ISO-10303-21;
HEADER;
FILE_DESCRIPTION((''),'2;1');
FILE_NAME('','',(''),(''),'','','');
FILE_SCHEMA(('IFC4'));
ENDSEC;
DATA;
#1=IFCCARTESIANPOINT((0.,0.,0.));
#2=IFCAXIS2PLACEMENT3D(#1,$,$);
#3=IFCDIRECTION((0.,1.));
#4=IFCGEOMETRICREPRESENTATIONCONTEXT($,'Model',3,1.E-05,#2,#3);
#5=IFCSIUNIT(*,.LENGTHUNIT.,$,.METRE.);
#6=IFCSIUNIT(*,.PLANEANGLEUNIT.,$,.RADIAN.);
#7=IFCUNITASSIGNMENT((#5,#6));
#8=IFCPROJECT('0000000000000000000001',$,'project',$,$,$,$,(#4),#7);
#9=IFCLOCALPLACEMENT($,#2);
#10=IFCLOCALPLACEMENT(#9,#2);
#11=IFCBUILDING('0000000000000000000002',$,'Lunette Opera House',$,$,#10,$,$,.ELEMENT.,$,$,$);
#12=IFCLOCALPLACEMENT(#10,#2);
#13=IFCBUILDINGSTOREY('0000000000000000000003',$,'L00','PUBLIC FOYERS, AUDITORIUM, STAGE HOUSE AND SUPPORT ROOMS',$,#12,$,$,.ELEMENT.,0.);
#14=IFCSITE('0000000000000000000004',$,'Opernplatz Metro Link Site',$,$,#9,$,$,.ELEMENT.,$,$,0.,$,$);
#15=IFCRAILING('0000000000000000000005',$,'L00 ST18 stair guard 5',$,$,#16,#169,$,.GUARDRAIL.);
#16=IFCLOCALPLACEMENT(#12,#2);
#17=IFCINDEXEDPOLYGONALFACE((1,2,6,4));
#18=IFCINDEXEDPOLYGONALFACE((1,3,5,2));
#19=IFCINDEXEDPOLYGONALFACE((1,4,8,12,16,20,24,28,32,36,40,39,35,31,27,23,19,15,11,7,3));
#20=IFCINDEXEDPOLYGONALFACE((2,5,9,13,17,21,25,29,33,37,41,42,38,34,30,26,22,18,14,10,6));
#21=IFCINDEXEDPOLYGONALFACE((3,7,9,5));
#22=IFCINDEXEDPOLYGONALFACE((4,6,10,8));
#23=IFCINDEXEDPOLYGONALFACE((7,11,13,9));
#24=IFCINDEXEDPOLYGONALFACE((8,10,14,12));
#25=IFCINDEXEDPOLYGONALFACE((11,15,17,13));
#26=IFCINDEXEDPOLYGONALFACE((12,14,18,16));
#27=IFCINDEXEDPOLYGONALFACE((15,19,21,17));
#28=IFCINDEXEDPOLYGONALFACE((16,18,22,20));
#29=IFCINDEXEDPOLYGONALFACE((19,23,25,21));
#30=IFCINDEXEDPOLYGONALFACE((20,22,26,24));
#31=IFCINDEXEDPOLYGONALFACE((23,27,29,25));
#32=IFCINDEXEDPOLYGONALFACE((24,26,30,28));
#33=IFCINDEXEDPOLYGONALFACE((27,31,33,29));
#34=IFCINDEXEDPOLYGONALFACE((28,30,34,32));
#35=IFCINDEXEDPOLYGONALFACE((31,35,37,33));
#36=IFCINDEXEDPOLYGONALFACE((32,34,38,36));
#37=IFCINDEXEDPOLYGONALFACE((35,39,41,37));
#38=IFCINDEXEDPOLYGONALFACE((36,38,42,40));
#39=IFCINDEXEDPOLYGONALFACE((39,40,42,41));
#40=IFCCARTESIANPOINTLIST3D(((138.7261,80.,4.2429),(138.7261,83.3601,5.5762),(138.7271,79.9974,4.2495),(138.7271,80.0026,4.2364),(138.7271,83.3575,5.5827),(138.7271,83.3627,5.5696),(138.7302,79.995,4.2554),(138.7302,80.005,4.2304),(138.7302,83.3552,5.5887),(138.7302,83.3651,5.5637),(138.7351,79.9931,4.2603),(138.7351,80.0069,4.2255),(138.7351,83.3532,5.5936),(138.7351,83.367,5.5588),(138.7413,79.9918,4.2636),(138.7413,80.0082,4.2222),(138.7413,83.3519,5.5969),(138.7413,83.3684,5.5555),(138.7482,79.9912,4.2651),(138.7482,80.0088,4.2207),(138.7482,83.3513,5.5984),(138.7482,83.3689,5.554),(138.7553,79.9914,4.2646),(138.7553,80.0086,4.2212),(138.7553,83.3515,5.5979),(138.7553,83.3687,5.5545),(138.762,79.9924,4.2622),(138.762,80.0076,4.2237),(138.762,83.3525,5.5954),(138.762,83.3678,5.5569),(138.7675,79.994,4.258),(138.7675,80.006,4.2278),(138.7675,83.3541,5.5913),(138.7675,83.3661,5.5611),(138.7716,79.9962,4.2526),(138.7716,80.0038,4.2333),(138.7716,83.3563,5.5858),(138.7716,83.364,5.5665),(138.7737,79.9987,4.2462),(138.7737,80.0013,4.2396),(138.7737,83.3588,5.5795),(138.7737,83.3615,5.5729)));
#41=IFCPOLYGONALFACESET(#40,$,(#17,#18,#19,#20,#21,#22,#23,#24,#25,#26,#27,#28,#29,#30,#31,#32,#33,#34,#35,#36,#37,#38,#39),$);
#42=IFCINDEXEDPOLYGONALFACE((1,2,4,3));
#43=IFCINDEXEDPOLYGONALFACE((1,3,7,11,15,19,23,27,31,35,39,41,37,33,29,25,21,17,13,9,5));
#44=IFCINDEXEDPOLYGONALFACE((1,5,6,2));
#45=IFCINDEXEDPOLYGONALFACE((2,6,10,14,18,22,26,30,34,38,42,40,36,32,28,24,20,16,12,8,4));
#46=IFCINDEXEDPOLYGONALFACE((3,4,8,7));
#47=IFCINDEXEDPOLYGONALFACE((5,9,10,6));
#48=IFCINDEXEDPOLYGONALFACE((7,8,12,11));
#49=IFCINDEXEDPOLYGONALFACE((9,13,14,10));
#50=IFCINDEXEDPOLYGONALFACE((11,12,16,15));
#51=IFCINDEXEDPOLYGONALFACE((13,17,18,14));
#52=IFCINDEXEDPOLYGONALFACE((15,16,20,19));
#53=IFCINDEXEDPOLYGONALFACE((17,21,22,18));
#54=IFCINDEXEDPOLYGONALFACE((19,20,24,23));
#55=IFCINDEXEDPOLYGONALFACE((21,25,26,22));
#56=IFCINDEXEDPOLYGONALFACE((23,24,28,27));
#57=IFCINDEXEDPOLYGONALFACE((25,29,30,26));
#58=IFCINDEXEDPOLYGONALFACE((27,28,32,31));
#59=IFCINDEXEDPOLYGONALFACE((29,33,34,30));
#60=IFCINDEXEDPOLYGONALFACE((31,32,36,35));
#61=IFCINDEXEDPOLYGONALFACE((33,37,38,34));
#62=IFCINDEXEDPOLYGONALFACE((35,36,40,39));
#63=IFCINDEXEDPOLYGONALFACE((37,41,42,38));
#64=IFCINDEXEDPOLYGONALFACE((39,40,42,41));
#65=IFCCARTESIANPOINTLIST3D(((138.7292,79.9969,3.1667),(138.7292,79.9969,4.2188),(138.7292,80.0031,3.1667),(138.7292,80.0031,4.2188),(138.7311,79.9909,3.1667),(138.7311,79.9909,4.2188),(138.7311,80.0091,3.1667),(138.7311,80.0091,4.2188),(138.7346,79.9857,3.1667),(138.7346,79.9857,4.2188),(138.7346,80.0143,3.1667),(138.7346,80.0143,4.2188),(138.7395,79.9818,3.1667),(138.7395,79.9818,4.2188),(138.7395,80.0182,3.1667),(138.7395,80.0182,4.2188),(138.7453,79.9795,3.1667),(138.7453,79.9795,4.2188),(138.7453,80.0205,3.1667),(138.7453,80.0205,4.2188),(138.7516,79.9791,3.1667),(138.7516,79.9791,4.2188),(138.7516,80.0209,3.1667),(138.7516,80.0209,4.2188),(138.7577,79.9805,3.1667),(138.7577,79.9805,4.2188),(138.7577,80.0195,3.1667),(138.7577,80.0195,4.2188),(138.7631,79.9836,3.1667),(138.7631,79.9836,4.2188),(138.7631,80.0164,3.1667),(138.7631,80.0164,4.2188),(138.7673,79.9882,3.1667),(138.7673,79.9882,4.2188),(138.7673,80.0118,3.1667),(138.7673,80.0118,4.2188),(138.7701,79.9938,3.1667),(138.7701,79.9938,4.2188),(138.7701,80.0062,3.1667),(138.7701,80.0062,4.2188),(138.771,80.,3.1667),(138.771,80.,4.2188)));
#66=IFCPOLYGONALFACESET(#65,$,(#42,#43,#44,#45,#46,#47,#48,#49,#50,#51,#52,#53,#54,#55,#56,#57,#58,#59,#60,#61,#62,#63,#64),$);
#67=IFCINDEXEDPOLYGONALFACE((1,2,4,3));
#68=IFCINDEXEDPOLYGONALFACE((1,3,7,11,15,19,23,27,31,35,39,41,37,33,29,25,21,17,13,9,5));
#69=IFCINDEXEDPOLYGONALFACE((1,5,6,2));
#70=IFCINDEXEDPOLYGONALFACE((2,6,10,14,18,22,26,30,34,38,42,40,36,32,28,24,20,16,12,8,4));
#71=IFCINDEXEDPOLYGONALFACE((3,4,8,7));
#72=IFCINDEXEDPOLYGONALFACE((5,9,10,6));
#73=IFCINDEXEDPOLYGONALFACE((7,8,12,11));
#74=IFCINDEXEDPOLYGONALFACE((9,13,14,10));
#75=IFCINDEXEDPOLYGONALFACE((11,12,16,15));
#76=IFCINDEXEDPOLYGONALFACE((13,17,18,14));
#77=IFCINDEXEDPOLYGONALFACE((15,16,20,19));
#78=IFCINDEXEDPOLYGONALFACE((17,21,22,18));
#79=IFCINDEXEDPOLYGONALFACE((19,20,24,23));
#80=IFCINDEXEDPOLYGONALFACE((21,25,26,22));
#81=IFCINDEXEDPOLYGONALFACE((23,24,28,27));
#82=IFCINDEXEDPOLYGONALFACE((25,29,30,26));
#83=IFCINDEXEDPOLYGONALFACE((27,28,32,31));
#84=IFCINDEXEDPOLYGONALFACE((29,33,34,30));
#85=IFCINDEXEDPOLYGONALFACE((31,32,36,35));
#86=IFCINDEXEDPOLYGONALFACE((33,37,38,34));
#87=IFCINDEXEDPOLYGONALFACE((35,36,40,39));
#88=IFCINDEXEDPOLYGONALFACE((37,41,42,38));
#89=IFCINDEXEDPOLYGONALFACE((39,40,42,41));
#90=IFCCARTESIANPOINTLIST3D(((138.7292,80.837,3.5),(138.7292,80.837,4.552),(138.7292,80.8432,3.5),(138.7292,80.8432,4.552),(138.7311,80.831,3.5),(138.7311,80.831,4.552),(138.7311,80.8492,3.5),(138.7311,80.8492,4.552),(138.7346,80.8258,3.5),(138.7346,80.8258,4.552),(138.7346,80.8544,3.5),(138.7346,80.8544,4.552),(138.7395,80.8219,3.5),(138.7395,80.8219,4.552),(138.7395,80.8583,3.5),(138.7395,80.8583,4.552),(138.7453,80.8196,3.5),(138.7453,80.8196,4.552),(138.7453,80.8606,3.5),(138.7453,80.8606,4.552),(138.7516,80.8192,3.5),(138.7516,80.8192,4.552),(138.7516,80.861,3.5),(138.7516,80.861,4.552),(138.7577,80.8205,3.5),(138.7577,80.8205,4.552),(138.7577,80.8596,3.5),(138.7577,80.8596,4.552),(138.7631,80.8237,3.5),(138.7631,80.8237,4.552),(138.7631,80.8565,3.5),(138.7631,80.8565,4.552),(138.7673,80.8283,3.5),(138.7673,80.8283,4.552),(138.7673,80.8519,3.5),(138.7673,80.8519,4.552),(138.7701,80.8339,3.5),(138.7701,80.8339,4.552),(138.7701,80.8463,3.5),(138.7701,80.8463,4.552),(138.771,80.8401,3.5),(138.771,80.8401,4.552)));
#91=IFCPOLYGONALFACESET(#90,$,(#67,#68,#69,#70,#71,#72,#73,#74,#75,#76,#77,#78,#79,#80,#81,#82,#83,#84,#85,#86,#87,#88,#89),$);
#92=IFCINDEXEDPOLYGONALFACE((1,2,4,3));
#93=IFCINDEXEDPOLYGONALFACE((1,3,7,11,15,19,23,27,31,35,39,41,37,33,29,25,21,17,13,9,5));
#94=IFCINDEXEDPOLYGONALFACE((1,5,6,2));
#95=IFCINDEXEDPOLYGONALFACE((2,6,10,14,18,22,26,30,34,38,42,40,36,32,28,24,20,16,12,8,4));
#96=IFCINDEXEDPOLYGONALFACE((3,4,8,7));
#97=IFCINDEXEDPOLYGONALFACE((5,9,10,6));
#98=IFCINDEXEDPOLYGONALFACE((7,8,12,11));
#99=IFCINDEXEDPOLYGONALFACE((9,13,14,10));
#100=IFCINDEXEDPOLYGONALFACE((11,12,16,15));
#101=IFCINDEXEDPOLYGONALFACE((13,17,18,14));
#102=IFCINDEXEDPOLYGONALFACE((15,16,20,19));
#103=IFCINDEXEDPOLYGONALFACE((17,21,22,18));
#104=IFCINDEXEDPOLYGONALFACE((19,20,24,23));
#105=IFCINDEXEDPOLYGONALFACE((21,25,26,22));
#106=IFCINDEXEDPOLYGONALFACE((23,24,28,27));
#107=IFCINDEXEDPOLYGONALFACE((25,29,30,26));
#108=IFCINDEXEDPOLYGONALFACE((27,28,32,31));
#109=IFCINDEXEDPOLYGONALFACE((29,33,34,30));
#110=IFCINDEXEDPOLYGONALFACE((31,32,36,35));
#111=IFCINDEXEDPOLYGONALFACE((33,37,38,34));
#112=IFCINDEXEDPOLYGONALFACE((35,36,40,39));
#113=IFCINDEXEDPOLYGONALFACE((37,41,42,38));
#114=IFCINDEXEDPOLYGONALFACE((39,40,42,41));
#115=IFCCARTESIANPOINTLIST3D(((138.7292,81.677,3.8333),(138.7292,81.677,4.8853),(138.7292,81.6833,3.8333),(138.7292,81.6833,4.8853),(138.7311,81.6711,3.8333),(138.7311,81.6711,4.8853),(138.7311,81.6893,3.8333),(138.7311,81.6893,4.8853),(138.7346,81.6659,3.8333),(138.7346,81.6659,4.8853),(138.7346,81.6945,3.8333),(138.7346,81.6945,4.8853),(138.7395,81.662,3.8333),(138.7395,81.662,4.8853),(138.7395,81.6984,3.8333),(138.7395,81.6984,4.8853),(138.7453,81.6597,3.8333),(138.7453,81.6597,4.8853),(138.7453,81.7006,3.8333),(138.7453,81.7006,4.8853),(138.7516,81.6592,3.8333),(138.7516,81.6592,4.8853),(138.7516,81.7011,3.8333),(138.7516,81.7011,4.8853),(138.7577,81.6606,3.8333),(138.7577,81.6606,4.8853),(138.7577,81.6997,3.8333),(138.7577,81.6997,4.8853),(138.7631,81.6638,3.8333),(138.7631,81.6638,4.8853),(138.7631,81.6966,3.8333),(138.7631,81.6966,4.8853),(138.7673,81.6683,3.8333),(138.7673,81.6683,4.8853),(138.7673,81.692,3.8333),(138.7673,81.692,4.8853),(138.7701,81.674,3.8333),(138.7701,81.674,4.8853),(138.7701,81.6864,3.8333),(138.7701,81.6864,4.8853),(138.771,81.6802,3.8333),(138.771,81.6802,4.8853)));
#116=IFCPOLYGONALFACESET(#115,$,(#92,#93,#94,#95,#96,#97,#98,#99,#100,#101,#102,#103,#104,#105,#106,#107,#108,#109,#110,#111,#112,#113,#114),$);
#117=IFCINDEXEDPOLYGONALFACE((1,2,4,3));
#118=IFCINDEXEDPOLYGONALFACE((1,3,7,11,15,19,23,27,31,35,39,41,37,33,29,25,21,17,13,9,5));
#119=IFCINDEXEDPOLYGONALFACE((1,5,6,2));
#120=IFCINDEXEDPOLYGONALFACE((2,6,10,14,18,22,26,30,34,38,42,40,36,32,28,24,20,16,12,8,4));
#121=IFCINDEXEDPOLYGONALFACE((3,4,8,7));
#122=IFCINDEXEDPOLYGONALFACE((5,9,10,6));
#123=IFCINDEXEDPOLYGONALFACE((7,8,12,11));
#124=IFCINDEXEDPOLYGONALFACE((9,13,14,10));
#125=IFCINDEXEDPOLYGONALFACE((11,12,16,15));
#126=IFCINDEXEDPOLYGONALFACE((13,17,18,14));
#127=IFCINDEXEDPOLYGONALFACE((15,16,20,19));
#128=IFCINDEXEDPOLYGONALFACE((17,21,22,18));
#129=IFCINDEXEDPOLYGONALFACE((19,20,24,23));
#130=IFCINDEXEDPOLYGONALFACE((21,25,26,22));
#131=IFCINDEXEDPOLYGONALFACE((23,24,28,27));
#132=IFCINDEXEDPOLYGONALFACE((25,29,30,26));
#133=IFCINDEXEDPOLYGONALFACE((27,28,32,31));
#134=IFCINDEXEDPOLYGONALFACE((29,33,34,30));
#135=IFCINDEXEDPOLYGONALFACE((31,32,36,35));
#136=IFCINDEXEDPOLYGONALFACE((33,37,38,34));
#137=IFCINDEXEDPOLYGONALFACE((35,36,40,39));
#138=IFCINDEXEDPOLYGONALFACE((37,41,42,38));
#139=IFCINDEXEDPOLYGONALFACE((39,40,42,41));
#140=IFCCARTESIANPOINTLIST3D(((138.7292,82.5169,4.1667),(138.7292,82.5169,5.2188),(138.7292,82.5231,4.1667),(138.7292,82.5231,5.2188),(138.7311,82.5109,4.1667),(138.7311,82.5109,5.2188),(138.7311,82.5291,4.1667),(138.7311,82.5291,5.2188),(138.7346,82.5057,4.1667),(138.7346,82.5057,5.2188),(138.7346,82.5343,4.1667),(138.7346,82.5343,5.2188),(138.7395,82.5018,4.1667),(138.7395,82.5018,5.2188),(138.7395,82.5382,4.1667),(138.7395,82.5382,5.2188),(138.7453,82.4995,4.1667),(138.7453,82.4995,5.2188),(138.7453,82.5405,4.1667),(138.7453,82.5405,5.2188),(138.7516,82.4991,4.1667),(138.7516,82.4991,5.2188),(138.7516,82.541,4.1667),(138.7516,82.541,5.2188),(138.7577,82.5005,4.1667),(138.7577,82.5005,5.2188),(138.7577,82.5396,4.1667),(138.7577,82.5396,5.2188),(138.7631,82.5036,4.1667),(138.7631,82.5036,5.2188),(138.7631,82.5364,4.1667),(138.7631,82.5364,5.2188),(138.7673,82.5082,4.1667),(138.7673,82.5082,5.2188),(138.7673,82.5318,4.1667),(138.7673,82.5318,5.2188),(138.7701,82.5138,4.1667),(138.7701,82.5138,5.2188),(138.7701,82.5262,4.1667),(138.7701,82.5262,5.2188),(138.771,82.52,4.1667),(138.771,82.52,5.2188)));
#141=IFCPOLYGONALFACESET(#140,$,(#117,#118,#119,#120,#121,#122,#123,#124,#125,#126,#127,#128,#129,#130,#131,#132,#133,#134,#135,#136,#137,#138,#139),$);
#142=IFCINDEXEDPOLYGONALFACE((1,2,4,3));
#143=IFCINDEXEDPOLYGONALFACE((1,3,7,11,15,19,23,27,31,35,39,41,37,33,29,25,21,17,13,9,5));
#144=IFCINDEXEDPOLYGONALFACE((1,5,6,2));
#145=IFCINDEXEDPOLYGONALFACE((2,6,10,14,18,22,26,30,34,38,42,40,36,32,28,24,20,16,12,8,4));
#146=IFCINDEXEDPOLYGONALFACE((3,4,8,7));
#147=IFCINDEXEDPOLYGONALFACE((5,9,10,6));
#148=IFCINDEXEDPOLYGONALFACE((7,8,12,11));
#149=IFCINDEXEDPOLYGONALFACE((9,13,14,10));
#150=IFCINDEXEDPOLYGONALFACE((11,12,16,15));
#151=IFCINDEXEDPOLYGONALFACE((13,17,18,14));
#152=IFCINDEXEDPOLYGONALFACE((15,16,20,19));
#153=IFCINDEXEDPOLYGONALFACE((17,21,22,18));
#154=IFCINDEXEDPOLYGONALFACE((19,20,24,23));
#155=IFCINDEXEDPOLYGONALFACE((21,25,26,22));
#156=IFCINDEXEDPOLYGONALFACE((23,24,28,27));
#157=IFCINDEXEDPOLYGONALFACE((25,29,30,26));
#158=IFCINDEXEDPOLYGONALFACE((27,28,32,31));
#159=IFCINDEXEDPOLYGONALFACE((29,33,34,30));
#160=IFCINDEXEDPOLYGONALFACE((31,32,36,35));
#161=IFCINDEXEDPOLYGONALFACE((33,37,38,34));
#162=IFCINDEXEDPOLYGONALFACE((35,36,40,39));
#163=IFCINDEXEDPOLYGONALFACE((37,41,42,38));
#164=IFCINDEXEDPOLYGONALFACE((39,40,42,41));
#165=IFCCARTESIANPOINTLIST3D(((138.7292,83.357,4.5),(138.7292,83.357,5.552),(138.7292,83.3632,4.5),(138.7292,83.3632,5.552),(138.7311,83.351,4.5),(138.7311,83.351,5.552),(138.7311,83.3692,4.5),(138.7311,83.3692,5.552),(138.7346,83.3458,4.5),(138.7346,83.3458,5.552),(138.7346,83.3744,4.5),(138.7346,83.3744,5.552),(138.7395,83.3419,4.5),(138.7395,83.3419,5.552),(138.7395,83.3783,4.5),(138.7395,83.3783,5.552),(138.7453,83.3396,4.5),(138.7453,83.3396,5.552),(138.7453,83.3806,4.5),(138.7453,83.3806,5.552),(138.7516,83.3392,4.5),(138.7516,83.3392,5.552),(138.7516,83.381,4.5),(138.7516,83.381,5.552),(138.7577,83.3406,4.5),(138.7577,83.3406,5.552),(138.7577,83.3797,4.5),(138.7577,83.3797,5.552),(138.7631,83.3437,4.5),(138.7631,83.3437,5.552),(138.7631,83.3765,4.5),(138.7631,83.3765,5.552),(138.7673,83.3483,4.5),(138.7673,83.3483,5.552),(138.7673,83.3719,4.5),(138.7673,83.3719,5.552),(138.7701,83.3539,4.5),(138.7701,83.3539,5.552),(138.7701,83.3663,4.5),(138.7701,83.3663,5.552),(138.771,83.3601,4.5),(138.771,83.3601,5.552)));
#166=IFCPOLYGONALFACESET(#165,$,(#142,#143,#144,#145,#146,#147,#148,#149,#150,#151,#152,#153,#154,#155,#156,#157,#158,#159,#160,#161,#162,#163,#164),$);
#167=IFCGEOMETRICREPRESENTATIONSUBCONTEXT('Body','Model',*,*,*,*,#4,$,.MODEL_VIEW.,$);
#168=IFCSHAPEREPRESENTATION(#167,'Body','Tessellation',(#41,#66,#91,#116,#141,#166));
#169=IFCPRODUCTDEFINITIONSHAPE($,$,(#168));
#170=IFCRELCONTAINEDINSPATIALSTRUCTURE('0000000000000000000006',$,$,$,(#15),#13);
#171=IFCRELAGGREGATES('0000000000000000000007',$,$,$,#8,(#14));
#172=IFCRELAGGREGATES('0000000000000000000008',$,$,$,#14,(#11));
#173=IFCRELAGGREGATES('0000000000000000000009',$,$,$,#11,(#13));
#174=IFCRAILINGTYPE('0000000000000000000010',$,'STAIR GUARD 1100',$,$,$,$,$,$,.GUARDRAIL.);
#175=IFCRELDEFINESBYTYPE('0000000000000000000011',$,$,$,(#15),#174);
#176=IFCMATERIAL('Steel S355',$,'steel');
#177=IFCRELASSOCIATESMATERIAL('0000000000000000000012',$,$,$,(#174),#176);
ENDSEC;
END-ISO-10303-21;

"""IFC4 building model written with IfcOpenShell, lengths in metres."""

from ifc_helpers import new_model, si_unit, direction, frame, origin, origin_2d, place, context, subcontext, project, spatial, circle, extrude, material, type_object, element, save


model = new_model("IFC4")

# Units and contexts
model_context = context("Model", 3, precision=1e-05, world=origin(), true_north=direction((0.0, 1.0)))
body_context = subcontext(model_context, "Body", "Model", "MODEL_VIEW")
ifc_project = project(units=[si_unit("LENGTHUNIT", "METRE"), si_unit("PLANEANGLEUNIT", "RADIAN")], contexts=[model_context])

# Site, building, storey
site_placement = place(None, origin())
site = spatial("IfcSite", under=ifc_project, at=site_placement, Name="Opernplatz Metro Link Site", CompositionType="ELEMENT", RefElevation=0.0)
building_placement = place(site_placement, origin())
building = spatial("IfcBuilding", under=site, at=building_placement, Name="Lunette Opera House", CompositionType="ELEMENT")
storey_placement = place(building_placement, origin())
storey = spatial("IfcBuildingStorey", under=building, at=storey_placement, Name="L00", Description="PUBLIC FOYERS, AUDITORIUM, STAGE HOUSE AND SUPPORT ROOMS", CompositionType="ELEMENT", Elevation=0.0)

# Railing
ifc_material_1 = material(Name="Steel S355", Category="steel")
railing_type_1 = type_object("IfcRailingType", Name="STAIR GUARD 1100", PredefinedType="GUARDRAIL", material=ifc_material_1)
railing_1_placement = place(storey_placement, frame((138.75, 80.0, 3.1667)))
element("IfcRailing", 1, at=railing_1_placement, inside=storey, type_object=railing_type_1, Name="L00 ST18 stair guard 5", PredefinedType="GUARDRAIL", context=body_context, shape_type="SweptSolid", body=[
    extrude(circle(Radius=0.0239, at=origin_2d()), frame((0.0, 0.0, 1.0762), z_axis=(0.0, 0.929502, 0.368816), x_axis=(-1.0, 0.0, 0.0)), (0.0, 0.0, 1.0), 3.615),
    extrude(circle(Radius=0.021, at=origin_2d()), origin(), (0.0, 0.0, 1.0), 1.052),
    extrude(circle(Radius=0.021, at=origin_2d()), frame((0.0, 0.8401, 0.3333)), (0.0, 0.0, 1.0), 1.052),
    extrude(circle(Radius=0.021, at=origin_2d()), frame((0.0, 1.6802, 0.6665)), (0.0, 0.0, 1.0), 1.052),
    extrude(circle(Radius=0.021, at=origin_2d()), frame((0.0, 2.52, 1.0)), (0.0, 0.0, 1.0), 1.052),
    extrude(circle(Radius=0.021, at=origin_2d()), frame((0.0, 3.3601, 1.3333)), (0.0, 0.0, 1.0), 1.052),
])

save(model, "model.ifc")
